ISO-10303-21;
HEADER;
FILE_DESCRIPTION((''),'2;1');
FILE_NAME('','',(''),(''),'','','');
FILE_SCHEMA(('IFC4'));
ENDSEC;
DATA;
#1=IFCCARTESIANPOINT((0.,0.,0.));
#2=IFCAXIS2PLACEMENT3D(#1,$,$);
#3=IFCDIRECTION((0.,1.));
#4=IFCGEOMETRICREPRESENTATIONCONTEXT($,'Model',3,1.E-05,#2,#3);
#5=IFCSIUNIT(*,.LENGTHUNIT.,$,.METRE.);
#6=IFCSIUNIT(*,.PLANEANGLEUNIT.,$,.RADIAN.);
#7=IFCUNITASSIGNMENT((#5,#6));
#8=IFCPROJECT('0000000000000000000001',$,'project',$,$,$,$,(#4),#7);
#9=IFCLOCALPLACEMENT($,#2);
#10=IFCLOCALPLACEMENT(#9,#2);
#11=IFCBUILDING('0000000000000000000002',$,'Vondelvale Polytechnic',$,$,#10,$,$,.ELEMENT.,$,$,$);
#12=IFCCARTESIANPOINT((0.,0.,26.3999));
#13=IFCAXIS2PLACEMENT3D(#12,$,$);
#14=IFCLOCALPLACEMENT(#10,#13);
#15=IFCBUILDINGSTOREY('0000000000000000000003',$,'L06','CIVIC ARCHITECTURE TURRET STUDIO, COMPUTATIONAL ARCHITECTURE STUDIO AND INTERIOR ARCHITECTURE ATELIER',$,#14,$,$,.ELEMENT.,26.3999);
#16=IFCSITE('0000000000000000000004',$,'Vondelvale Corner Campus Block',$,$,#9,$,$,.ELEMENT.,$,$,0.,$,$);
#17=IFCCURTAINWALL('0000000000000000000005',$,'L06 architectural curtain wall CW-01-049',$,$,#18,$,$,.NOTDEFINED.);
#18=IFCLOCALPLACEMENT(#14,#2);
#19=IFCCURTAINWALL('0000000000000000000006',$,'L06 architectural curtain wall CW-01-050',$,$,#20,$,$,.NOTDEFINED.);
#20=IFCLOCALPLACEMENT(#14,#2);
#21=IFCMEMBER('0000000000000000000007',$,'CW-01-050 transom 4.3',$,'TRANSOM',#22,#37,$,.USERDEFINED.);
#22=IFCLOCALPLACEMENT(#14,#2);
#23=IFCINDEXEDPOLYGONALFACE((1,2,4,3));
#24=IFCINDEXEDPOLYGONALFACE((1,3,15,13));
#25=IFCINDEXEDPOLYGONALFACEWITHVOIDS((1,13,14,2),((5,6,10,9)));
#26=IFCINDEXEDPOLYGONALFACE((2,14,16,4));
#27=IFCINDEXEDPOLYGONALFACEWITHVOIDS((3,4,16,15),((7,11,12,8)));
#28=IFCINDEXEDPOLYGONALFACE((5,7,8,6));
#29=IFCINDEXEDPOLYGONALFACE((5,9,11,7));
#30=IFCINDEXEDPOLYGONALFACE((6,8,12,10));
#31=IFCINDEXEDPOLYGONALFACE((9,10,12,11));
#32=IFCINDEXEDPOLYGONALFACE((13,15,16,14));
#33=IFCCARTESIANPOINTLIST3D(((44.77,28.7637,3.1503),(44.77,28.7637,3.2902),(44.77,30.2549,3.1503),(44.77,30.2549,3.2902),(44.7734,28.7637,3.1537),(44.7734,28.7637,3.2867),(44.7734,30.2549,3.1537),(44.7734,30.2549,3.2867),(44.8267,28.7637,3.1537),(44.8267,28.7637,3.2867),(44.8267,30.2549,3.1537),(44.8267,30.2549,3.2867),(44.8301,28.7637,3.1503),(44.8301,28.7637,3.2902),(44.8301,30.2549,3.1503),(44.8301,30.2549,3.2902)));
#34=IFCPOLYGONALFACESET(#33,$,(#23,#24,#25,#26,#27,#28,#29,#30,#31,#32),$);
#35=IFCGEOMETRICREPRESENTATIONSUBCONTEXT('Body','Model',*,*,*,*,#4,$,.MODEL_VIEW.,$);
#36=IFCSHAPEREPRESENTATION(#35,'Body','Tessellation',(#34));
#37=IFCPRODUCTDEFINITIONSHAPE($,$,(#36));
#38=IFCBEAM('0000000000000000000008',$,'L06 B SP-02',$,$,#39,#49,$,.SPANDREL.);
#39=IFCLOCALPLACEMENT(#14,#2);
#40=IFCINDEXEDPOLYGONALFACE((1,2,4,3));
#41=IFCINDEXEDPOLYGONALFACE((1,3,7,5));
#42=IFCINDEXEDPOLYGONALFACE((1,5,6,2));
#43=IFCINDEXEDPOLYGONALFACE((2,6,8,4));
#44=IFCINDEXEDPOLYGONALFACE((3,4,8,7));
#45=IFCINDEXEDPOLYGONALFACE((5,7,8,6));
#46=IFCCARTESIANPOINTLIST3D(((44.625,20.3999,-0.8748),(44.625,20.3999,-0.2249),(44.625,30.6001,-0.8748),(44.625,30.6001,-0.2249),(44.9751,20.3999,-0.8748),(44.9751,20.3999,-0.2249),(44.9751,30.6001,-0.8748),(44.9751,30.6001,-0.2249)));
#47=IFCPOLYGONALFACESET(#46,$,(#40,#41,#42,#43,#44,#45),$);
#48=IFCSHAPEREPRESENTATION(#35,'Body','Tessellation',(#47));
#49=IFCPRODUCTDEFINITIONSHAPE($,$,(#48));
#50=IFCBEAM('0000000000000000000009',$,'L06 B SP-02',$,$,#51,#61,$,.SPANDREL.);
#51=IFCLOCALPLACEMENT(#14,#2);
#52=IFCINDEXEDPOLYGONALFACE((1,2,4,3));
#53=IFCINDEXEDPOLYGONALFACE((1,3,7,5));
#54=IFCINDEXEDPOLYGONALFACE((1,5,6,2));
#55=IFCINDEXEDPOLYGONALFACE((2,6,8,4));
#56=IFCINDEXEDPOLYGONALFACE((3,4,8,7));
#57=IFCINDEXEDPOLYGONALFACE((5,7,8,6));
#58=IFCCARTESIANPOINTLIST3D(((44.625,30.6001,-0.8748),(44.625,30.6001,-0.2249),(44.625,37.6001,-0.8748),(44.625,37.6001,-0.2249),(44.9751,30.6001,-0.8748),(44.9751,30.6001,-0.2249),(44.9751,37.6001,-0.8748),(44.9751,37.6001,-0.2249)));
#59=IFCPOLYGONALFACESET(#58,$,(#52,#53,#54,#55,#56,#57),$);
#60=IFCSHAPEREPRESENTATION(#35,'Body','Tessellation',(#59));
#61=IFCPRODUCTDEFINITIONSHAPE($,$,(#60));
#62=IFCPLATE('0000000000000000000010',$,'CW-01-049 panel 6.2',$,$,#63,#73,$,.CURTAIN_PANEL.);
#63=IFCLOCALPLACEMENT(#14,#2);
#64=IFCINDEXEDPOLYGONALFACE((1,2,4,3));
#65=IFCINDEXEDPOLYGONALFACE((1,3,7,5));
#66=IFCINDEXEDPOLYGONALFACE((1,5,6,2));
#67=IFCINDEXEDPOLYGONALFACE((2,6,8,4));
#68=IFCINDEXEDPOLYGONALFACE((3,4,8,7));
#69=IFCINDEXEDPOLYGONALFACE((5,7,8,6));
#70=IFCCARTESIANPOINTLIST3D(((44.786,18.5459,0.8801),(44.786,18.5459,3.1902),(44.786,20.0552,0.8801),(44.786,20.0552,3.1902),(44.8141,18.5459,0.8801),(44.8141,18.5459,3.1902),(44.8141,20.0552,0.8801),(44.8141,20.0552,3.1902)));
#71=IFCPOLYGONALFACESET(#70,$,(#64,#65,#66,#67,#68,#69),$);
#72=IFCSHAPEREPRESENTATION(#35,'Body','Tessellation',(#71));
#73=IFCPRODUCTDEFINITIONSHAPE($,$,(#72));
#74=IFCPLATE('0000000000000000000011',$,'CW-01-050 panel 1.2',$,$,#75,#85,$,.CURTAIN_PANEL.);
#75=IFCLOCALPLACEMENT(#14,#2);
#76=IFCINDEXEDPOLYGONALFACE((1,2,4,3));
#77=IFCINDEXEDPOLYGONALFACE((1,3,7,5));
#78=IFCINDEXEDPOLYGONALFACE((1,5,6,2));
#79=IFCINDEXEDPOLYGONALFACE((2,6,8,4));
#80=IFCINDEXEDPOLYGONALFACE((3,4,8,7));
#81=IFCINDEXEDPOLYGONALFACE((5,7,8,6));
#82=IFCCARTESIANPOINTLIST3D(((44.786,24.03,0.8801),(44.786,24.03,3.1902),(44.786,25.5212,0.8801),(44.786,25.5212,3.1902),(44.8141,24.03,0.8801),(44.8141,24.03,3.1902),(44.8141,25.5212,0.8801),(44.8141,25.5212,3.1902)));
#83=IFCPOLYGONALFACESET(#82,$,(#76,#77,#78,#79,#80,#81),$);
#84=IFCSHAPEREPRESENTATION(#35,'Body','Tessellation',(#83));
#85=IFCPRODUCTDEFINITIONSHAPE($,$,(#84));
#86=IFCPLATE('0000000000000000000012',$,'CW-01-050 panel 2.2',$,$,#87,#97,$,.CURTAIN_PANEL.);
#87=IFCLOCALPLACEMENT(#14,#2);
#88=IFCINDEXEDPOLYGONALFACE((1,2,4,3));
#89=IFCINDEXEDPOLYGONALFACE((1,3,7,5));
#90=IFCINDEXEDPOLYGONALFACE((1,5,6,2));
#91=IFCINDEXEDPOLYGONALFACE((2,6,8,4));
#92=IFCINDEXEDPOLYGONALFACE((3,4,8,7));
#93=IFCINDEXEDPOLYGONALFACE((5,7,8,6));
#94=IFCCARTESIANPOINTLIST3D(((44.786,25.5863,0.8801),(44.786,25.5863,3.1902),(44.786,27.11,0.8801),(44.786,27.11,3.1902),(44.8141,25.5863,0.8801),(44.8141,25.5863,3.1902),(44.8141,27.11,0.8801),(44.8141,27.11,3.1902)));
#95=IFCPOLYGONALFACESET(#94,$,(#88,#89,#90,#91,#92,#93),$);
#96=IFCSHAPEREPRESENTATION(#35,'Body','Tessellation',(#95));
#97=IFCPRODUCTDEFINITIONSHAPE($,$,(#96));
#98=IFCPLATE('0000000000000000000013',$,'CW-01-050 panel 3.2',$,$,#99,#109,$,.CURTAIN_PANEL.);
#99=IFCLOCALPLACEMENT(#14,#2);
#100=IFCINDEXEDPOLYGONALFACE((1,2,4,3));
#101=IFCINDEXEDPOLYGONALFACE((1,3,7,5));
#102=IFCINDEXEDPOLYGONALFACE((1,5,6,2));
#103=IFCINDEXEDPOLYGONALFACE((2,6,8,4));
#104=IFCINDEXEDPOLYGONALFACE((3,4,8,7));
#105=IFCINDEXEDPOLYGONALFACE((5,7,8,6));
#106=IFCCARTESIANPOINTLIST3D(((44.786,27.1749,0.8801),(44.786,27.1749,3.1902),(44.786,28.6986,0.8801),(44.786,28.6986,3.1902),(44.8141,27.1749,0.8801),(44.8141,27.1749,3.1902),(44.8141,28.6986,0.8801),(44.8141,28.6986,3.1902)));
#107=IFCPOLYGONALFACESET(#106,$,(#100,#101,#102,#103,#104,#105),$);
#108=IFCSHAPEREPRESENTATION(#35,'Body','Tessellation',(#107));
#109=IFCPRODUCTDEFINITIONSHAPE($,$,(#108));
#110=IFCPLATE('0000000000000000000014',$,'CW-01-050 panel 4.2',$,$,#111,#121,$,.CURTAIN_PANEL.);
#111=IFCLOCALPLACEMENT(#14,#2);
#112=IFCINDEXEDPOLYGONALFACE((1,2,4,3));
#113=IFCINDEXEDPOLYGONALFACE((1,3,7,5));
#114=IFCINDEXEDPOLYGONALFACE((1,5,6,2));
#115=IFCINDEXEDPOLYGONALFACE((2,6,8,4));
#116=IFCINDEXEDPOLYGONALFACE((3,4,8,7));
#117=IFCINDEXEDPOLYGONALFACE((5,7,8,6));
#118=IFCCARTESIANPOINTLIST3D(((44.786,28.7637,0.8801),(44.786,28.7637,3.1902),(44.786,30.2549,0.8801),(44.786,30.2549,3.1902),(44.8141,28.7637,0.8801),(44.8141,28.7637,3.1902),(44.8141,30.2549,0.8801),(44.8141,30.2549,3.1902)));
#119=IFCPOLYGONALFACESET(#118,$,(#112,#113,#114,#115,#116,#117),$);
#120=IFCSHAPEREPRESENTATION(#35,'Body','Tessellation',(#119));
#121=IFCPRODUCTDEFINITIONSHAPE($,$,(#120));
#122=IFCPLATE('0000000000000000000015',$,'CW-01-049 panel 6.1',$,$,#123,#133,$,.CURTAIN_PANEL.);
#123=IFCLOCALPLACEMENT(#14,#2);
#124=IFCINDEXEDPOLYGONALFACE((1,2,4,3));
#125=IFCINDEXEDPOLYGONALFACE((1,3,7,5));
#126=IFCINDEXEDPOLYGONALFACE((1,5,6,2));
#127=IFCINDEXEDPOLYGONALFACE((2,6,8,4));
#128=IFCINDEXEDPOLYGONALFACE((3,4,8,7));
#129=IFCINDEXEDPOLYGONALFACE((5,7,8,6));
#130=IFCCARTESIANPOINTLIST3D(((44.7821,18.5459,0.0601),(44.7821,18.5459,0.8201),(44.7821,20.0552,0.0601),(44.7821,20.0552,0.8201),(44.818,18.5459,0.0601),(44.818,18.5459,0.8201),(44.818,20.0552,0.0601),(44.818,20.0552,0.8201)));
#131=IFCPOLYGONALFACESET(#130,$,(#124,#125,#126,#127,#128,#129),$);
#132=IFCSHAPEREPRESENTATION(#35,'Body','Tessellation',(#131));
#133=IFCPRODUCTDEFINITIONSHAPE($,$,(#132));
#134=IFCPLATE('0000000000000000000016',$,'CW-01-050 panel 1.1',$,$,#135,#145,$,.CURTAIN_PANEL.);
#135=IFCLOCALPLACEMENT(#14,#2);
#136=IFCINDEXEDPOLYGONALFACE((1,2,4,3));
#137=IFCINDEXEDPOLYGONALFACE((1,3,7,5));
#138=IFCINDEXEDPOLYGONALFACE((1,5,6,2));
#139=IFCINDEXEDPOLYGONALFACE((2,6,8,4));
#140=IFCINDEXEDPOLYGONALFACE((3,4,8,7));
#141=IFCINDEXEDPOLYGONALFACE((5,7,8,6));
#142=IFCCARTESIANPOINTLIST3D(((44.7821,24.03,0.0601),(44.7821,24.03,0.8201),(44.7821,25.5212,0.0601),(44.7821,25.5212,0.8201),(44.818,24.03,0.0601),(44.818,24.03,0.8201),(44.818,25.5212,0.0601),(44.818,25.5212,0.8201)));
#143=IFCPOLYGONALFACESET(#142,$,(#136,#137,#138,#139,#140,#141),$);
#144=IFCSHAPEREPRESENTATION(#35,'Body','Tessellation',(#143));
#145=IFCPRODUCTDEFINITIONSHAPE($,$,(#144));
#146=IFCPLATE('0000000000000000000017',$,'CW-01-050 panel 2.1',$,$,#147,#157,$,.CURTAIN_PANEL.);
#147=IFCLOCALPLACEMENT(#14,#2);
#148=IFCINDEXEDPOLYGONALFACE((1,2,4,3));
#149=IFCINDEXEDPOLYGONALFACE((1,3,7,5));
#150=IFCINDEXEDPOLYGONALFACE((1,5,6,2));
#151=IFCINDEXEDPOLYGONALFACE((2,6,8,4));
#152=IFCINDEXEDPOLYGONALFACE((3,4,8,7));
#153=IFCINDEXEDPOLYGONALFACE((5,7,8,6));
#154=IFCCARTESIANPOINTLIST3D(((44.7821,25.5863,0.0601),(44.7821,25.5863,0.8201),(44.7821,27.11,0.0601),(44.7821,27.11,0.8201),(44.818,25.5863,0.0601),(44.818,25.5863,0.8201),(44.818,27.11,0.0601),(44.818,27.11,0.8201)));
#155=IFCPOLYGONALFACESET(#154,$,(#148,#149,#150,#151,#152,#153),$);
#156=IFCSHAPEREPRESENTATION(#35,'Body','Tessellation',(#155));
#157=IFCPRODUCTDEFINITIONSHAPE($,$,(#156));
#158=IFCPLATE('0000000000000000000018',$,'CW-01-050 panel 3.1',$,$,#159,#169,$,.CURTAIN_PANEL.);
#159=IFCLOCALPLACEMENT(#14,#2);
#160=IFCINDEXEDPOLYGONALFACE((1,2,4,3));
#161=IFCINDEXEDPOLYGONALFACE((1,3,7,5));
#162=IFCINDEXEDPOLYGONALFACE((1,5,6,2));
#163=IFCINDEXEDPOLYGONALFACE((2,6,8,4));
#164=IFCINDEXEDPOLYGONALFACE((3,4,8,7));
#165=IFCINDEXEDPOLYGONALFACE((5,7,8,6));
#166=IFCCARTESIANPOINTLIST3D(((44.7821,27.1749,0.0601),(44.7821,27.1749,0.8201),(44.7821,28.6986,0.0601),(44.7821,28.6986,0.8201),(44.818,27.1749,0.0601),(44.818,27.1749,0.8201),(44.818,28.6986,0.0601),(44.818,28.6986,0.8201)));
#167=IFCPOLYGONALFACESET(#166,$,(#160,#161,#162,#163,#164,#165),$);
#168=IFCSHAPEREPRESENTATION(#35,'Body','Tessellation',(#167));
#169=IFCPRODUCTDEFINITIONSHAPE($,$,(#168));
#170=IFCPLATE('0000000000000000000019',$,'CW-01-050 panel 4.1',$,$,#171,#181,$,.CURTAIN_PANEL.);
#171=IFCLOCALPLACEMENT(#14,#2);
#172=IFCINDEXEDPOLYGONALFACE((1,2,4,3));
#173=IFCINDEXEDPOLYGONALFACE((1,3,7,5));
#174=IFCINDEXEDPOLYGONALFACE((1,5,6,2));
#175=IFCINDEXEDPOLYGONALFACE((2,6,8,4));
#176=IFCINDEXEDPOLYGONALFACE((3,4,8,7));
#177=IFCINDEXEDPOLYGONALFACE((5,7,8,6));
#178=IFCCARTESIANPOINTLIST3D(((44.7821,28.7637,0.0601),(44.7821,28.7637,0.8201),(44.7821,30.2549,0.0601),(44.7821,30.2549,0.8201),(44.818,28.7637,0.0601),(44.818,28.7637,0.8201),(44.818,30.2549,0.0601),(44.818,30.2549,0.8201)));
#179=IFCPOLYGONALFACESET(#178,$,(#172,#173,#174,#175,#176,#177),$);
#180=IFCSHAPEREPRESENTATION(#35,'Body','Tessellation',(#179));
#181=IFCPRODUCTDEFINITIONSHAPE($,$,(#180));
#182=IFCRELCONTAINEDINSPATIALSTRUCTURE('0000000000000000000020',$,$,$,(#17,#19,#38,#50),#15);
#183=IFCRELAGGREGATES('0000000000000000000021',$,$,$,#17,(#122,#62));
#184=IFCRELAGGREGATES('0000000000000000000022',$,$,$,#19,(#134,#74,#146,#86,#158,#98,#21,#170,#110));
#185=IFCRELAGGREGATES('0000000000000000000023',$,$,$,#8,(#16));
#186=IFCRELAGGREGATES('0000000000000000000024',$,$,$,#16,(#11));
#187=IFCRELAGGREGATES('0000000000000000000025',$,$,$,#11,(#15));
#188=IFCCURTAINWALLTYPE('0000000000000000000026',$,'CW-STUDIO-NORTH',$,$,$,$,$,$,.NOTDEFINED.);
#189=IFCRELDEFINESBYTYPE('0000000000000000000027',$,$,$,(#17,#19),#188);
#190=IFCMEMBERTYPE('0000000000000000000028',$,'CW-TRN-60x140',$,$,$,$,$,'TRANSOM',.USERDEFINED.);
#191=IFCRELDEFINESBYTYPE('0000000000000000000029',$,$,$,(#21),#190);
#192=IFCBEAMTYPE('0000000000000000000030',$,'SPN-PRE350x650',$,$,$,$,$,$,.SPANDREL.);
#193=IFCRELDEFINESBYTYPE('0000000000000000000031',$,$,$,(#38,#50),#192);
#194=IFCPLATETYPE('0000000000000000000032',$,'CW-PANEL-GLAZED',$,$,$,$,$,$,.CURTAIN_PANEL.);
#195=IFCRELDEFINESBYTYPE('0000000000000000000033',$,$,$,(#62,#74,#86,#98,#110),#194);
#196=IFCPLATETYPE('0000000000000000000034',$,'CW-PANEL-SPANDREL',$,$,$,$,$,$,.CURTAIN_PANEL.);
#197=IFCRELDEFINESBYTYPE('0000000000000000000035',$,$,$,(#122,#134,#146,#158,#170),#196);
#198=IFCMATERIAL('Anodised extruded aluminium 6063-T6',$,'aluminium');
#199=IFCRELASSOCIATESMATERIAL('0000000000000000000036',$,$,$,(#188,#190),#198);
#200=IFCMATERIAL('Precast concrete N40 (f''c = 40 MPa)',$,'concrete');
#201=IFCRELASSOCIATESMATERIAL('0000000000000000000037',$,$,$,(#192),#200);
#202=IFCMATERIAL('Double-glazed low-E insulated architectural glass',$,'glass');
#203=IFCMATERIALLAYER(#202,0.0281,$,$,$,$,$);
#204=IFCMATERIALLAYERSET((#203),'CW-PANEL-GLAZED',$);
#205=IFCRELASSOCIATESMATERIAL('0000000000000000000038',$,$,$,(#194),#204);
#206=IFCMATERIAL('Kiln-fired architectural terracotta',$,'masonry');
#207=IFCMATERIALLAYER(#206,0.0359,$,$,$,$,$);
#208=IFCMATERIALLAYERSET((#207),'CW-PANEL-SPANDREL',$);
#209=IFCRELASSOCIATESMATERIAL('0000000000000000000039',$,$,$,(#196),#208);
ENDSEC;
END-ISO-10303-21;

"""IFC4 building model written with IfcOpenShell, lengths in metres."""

from ifc_helpers import new_model, si_unit, direction, frame, origin, origin_2d, place, context, subcontext, project, spatial, rectangle, hollow_rectangle, extrude, material, layer, layer_set, material_profile, profile_set, type_object, element, aggregate, save


model = new_model("IFC4")

# Units and contexts
model_context = context("Model", 3, precision=1e-05, world=origin(), true_north=direction((0.0, 1.0)))
body_context = subcontext(model_context, "Body", "Model", "MODEL_VIEW")
ifc_project = project(units=[si_unit("LENGTHUNIT", "METRE"), si_unit("PLANEANGLEUNIT", "RADIAN")], contexts=[model_context])

# Site, building, storey
site_placement = place(None, origin())
site = spatial("IfcSite", under=ifc_project, at=site_placement, Name="Vondelvale Corner Campus Block", CompositionType="ELEMENT", RefElevation=0.0)
building_placement = place(site_placement, origin())
building = spatial("IfcBuilding", under=site, at=building_placement, Name="Vondelvale Polytechnic", CompositionType="ELEMENT")
storey_placement = place(building_placement, frame((0.0, 0.0, 26.3999)))
storey = spatial("IfcBuildingStorey", under=building, at=storey_placement, Name="L06", Description="CIVIC ARCHITECTURE TURRET STUDIO, COMPUTATIONAL ARCHITECTURE STUDIO AND INTERIOR ARCHITECTURE ATELIER", CompositionType="ELEMENT", Elevation=26.3999)

# Curtain wall
ifc_material_1 = material(Name="Anodised extruded aluminium 6063-T6", Category="aluminium")
curtain_wall_type = type_object("IfcCurtainWallType", Name="CW-STUDIO-NORTH", PredefinedType="NOTDEFINED", material=ifc_material_1)
curtain_wall_1_placement = place(storey_placement, origin())
curtain_wall_1 = element("IfcCurtainWall", 1, at=curtain_wall_1_placement, inside=storey, type_object=curtain_wall_type, Name="L06 architectural curtain wall CW-01-049", PredefinedType="NOTDEFINED")

# Curtain wall
curtain_wall_2_placement = place(storey_placement, origin())
curtain_wall_2 = element("IfcCurtainWall", 2, at=curtain_wall_2_placement, inside=storey, type_object=curtain_wall_type, Name="L06 architectural curtain wall CW-01-050", PredefinedType="NOTDEFINED")

# Member
ifc_material_profile_1 = material_profile(ifc_material_1, hollow_rectangle(XDim=0.0601, YDim=0.1399, WallThickness=0.0034, at=origin_2d()), Name="CW-TRN-140x60")
ifc_profile_set_1 = profile_set([ifc_material_profile_1], Name="Anodised extruded aluminium 6063-T6")
member_type_1 = type_object("IfcMemberType", Name="CW-TRN-60x140", ElementType="TRANSOM", PredefinedType="USERDEFINED", material=ifc_profile_set_1)
member_1_placement = place(storey_placement, frame((44.8, 28.7637, 3.2202), z_axis=(0.0, 1.0, 0.0), x_axis=(-1.0, 0.0, 0.0)))
member_1 = element("IfcMember", 3, at=member_1_placement, type_object=member_type_1, Name="CW-01-050 transom 4.3", ObjectType="TRANSOM", PredefinedType="USERDEFINED", context=body_context, shape_type="SweptSolid", body=[
    extrude(hollow_rectangle(XDim=0.0601, YDim=0.1399, WallThickness=0.0034, at=origin_2d()), origin(), (0.0, 0.0, 1.0), 1.4912),
])

# Beams
ifc_material_2 = material(Name="Precast concrete N40 (f'c = 40 MPa)", Category="concrete")
ifc_material_profile_2 = material_profile(ifc_material_2, rectangle(XDim=0.3501, YDim=0.6499, at=origin_2d()), Name="RC-SPN-350x650")
ifc_profile_set_2 = profile_set([ifc_material_profile_2], Name="Precast concrete N40 (f'c = 40 MPa)")
beam_type = type_object("IfcBeamType", Name="SPN-PRE350x650", PredefinedType="SPANDREL", material=ifc_profile_set_2)
beam_1_placement = place(storey_placement, frame((44.8, 20.3999, -0.5498), z_axis=(0.0, 1.0, 0.0), x_axis=(-1.0, 0.0, 0.0)))
element("IfcBeam", 4, at=beam_1_placement, inside=storey, type_object=beam_type, Name="L06 B SP-02", PredefinedType="SPANDREL", context=body_context, shape_type="SweptSolid", body=[
    extrude(rectangle(XDim=0.3501, YDim=0.6499, at=origin_2d()), origin(), (0.0, 0.0, 1.0), 10.2002),
])
beam_2_placement = place(storey_placement, frame((44.8, 30.6001, -0.5498), z_axis=(0.0, 1.0, 0.0), x_axis=(-1.0, 0.0, 0.0)))
element("IfcBeam", 5, at=beam_2_placement, inside=storey, type_object=beam_type, Name="L06 B SP-02", PredefinedType="SPANDREL", context=body_context, shape_type="SweptSolid", body=[
    extrude(rectangle(XDim=0.3501, YDim=0.6499, at=origin_2d()), origin(), (0.0, 0.0, 1.0), 7.0),
])

# Plates
ifc_material_3 = material(Name="Double-glazed low-E insulated architectural glass", Category="glass")
ifc_layer_1 = layer(ifc_material_3, 0.0281)
ifc_layer_set_1 = layer_set([ifc_layer_1], Name="CW-PANEL-GLAZED")
plate_type_1 = type_object("IfcPlateType", Name="CW-PANEL-GLAZED", PredefinedType="CURTAIN_PANEL", material=ifc_layer_set_1)
plate_1_placement = place(storey_placement, frame((44.8, 19.3005, 0.8801), z_axis=(0.0, 0.0, 1.0), x_axis=(0.0, 1.0, 0.0)))
plate_1 = element("IfcPlate", 6, at=plate_1_placement, type_object=plate_type_1, Name="CW-01-049 panel 6.2", PredefinedType="CURTAIN_PANEL", context=body_context, shape_type="SweptSolid", body=[
    extrude(rectangle(XDim=1.5093, YDim=0.0281, at=origin_2d()), origin(), (0.0, 0.0, 1.0), 2.3101),
])
plate_2_placement = place(storey_placement, frame((44.8, 24.7756, 0.8801), z_axis=(0.0, 0.0, 1.0), x_axis=(0.0, 1.0, 0.0)))
plate_2 = element("IfcPlate", 7, at=plate_2_placement, type_object=plate_type_1, Name="CW-01-050 panel 1.2", PredefinedType="CURTAIN_PANEL", context=body_context, shape_type="SweptSolid", body=[
    extrude(rectangle(XDim=1.4912, YDim=0.0281, at=origin_2d()), origin(), (0.0, 0.0, 1.0), 2.3101),
])
plate_3_placement = place(storey_placement, frame((44.8, 26.3481, 0.8801), z_axis=(0.0, 0.0, 1.0), x_axis=(0.0, 1.0, 0.0)))
plate_3 = element("IfcPlate", 8, at=plate_3_placement, type_object=plate_type_1, Name="CW-01-050 panel 2.2", PredefinedType="CURTAIN_PANEL", context=body_context, shape_type="SweptSolid", body=[
    extrude(rectangle(XDim=1.5237, YDim=0.0281, at=origin_2d()), origin(), (0.0, 0.0, 1.0), 2.3101),
])
plate_4_placement = place(storey_placement, frame((44.8, 27.9368, 0.8801), z_axis=(0.0, 0.0, 1.0), x_axis=(0.0, 1.0, 0.0)))
plate_4 = element("IfcPlate", 9, at=plate_4_placement, type_object=plate_type_1, Name="CW-01-050 panel 3.2", PredefinedType="CURTAIN_PANEL", context=body_context, shape_type="SweptSolid", body=[
    extrude(rectangle(XDim=1.5237, YDim=0.0281, at=origin_2d()), origin(), (0.0, 0.0, 1.0), 2.3101),
])
plate_5_placement = place(storey_placement, frame((44.8, 29.5093, 0.8801), z_axis=(0.0, 0.0, 1.0), x_axis=(0.0, 1.0, 0.0)))
plate_5 = element("IfcPlate", 10, at=plate_5_placement, type_object=plate_type_1, Name="CW-01-050 panel 4.2", PredefinedType="CURTAIN_PANEL", context=body_context, shape_type="SweptSolid", body=[
    extrude(rectangle(XDim=1.4912, YDim=0.0281, at=origin_2d()), origin(), (0.0, 0.0, 1.0), 2.3101),
])
ifc_material_4 = material(Name="Kiln-fired architectural terracotta", Category="masonry")
ifc_layer_2 = layer(ifc_material_4, 0.0359)
ifc_layer_set_2 = layer_set([ifc_layer_2], Name="CW-PANEL-SPANDREL")
plate_type_2 = type_object("IfcPlateType", Name="CW-PANEL-SPANDREL", PredefinedType="CURTAIN_PANEL", material=ifc_layer_set_2)
plate_6_placement = place(storey_placement, frame((44.8, 19.3005, 0.0601), z_axis=(0.0, 0.0, 1.0), x_axis=(0.0, 1.0, 0.0)))
plate_6 = element("IfcPlate", 11, at=plate_6_placement, type_object=plate_type_2, Name="CW-01-049 panel 6.1", PredefinedType="CURTAIN_PANEL", context=body_context, shape_type="SweptSolid", body=[
    extrude(rectangle(XDim=1.5093, YDim=0.0359, at=origin_2d()), origin(), (0.0, 0.0, 1.0), 0.76),
])
aggregate(curtain_wall_1, [plate_6, plate_1])
plate_7_placement = place(storey_placement, frame((44.8, 24.7756, 0.0601), z_axis=(0.0, 0.0, 1.0), x_axis=(0.0, 1.0, 0.0)))
plate_7 = element("IfcPlate", 12, at=plate_7_placement, type_object=plate_type_2, Name="CW-01-050 panel 1.1", PredefinedType="CURTAIN_PANEL", context=body_context, shape_type="SweptSolid", body=[
    extrude(rectangle(XDim=1.4912, YDim=0.0359, at=origin_2d()), origin(), (0.0, 0.0, 1.0), 0.76),
])
plate_8_placement = place(storey_placement, frame((44.8, 26.3481, 0.0601), z_axis=(0.0, 0.0, 1.0), x_axis=(0.0, 1.0, 0.0)))
plate_8 = element("IfcPlate", 13, at=plate_8_placement, type_object=plate_type_2, Name="CW-01-050 panel 2.1", PredefinedType="CURTAIN_PANEL", context=body_context, shape_type="SweptSolid", body=[
    extrude(rectangle(XDim=1.5237, YDim=0.0359, at=origin_2d()), origin(), (0.0, 0.0, 1.0), 0.76),
])
plate_9_placement = place(storey_placement, frame((44.8, 27.9368, 0.0601), z_axis=(0.0, 0.0, 1.0), x_axis=(0.0, 1.0, 0.0)))
plate_9 = element("IfcPlate", 14, at=plate_9_placement, type_object=plate_type_2, Name="CW-01-050 panel 3.1", PredefinedType="CURTAIN_PANEL", context=body_context, shape_type="SweptSolid", body=[
    extrude(rectangle(XDim=1.5237, YDim=0.0359, at=origin_2d()), origin(), (0.0, 0.0, 1.0), 0.76),
])
plate_10_placement = place(storey_placement, frame((44.8, 29.5093, 0.0601), z_axis=(0.0, 0.0, 1.0), x_axis=(0.0, 1.0, 0.0)))
plate_10 = element("IfcPlate", 15, at=plate_10_placement, type_object=plate_type_2, Name="CW-01-050 panel 4.1", PredefinedType="CURTAIN_PANEL", context=body_context, shape_type="SweptSolid", body=[
    extrude(rectangle(XDim=1.4912, YDim=0.0359, at=origin_2d()), origin(), (0.0, 0.0, 1.0), 0.76),
])
aggregate(curtain_wall_2, [plate_7, plate_2, plate_8, plate_3, plate_9, plate_4, member_1, plate_10, plate_5])

save(model, "model.ifc")
